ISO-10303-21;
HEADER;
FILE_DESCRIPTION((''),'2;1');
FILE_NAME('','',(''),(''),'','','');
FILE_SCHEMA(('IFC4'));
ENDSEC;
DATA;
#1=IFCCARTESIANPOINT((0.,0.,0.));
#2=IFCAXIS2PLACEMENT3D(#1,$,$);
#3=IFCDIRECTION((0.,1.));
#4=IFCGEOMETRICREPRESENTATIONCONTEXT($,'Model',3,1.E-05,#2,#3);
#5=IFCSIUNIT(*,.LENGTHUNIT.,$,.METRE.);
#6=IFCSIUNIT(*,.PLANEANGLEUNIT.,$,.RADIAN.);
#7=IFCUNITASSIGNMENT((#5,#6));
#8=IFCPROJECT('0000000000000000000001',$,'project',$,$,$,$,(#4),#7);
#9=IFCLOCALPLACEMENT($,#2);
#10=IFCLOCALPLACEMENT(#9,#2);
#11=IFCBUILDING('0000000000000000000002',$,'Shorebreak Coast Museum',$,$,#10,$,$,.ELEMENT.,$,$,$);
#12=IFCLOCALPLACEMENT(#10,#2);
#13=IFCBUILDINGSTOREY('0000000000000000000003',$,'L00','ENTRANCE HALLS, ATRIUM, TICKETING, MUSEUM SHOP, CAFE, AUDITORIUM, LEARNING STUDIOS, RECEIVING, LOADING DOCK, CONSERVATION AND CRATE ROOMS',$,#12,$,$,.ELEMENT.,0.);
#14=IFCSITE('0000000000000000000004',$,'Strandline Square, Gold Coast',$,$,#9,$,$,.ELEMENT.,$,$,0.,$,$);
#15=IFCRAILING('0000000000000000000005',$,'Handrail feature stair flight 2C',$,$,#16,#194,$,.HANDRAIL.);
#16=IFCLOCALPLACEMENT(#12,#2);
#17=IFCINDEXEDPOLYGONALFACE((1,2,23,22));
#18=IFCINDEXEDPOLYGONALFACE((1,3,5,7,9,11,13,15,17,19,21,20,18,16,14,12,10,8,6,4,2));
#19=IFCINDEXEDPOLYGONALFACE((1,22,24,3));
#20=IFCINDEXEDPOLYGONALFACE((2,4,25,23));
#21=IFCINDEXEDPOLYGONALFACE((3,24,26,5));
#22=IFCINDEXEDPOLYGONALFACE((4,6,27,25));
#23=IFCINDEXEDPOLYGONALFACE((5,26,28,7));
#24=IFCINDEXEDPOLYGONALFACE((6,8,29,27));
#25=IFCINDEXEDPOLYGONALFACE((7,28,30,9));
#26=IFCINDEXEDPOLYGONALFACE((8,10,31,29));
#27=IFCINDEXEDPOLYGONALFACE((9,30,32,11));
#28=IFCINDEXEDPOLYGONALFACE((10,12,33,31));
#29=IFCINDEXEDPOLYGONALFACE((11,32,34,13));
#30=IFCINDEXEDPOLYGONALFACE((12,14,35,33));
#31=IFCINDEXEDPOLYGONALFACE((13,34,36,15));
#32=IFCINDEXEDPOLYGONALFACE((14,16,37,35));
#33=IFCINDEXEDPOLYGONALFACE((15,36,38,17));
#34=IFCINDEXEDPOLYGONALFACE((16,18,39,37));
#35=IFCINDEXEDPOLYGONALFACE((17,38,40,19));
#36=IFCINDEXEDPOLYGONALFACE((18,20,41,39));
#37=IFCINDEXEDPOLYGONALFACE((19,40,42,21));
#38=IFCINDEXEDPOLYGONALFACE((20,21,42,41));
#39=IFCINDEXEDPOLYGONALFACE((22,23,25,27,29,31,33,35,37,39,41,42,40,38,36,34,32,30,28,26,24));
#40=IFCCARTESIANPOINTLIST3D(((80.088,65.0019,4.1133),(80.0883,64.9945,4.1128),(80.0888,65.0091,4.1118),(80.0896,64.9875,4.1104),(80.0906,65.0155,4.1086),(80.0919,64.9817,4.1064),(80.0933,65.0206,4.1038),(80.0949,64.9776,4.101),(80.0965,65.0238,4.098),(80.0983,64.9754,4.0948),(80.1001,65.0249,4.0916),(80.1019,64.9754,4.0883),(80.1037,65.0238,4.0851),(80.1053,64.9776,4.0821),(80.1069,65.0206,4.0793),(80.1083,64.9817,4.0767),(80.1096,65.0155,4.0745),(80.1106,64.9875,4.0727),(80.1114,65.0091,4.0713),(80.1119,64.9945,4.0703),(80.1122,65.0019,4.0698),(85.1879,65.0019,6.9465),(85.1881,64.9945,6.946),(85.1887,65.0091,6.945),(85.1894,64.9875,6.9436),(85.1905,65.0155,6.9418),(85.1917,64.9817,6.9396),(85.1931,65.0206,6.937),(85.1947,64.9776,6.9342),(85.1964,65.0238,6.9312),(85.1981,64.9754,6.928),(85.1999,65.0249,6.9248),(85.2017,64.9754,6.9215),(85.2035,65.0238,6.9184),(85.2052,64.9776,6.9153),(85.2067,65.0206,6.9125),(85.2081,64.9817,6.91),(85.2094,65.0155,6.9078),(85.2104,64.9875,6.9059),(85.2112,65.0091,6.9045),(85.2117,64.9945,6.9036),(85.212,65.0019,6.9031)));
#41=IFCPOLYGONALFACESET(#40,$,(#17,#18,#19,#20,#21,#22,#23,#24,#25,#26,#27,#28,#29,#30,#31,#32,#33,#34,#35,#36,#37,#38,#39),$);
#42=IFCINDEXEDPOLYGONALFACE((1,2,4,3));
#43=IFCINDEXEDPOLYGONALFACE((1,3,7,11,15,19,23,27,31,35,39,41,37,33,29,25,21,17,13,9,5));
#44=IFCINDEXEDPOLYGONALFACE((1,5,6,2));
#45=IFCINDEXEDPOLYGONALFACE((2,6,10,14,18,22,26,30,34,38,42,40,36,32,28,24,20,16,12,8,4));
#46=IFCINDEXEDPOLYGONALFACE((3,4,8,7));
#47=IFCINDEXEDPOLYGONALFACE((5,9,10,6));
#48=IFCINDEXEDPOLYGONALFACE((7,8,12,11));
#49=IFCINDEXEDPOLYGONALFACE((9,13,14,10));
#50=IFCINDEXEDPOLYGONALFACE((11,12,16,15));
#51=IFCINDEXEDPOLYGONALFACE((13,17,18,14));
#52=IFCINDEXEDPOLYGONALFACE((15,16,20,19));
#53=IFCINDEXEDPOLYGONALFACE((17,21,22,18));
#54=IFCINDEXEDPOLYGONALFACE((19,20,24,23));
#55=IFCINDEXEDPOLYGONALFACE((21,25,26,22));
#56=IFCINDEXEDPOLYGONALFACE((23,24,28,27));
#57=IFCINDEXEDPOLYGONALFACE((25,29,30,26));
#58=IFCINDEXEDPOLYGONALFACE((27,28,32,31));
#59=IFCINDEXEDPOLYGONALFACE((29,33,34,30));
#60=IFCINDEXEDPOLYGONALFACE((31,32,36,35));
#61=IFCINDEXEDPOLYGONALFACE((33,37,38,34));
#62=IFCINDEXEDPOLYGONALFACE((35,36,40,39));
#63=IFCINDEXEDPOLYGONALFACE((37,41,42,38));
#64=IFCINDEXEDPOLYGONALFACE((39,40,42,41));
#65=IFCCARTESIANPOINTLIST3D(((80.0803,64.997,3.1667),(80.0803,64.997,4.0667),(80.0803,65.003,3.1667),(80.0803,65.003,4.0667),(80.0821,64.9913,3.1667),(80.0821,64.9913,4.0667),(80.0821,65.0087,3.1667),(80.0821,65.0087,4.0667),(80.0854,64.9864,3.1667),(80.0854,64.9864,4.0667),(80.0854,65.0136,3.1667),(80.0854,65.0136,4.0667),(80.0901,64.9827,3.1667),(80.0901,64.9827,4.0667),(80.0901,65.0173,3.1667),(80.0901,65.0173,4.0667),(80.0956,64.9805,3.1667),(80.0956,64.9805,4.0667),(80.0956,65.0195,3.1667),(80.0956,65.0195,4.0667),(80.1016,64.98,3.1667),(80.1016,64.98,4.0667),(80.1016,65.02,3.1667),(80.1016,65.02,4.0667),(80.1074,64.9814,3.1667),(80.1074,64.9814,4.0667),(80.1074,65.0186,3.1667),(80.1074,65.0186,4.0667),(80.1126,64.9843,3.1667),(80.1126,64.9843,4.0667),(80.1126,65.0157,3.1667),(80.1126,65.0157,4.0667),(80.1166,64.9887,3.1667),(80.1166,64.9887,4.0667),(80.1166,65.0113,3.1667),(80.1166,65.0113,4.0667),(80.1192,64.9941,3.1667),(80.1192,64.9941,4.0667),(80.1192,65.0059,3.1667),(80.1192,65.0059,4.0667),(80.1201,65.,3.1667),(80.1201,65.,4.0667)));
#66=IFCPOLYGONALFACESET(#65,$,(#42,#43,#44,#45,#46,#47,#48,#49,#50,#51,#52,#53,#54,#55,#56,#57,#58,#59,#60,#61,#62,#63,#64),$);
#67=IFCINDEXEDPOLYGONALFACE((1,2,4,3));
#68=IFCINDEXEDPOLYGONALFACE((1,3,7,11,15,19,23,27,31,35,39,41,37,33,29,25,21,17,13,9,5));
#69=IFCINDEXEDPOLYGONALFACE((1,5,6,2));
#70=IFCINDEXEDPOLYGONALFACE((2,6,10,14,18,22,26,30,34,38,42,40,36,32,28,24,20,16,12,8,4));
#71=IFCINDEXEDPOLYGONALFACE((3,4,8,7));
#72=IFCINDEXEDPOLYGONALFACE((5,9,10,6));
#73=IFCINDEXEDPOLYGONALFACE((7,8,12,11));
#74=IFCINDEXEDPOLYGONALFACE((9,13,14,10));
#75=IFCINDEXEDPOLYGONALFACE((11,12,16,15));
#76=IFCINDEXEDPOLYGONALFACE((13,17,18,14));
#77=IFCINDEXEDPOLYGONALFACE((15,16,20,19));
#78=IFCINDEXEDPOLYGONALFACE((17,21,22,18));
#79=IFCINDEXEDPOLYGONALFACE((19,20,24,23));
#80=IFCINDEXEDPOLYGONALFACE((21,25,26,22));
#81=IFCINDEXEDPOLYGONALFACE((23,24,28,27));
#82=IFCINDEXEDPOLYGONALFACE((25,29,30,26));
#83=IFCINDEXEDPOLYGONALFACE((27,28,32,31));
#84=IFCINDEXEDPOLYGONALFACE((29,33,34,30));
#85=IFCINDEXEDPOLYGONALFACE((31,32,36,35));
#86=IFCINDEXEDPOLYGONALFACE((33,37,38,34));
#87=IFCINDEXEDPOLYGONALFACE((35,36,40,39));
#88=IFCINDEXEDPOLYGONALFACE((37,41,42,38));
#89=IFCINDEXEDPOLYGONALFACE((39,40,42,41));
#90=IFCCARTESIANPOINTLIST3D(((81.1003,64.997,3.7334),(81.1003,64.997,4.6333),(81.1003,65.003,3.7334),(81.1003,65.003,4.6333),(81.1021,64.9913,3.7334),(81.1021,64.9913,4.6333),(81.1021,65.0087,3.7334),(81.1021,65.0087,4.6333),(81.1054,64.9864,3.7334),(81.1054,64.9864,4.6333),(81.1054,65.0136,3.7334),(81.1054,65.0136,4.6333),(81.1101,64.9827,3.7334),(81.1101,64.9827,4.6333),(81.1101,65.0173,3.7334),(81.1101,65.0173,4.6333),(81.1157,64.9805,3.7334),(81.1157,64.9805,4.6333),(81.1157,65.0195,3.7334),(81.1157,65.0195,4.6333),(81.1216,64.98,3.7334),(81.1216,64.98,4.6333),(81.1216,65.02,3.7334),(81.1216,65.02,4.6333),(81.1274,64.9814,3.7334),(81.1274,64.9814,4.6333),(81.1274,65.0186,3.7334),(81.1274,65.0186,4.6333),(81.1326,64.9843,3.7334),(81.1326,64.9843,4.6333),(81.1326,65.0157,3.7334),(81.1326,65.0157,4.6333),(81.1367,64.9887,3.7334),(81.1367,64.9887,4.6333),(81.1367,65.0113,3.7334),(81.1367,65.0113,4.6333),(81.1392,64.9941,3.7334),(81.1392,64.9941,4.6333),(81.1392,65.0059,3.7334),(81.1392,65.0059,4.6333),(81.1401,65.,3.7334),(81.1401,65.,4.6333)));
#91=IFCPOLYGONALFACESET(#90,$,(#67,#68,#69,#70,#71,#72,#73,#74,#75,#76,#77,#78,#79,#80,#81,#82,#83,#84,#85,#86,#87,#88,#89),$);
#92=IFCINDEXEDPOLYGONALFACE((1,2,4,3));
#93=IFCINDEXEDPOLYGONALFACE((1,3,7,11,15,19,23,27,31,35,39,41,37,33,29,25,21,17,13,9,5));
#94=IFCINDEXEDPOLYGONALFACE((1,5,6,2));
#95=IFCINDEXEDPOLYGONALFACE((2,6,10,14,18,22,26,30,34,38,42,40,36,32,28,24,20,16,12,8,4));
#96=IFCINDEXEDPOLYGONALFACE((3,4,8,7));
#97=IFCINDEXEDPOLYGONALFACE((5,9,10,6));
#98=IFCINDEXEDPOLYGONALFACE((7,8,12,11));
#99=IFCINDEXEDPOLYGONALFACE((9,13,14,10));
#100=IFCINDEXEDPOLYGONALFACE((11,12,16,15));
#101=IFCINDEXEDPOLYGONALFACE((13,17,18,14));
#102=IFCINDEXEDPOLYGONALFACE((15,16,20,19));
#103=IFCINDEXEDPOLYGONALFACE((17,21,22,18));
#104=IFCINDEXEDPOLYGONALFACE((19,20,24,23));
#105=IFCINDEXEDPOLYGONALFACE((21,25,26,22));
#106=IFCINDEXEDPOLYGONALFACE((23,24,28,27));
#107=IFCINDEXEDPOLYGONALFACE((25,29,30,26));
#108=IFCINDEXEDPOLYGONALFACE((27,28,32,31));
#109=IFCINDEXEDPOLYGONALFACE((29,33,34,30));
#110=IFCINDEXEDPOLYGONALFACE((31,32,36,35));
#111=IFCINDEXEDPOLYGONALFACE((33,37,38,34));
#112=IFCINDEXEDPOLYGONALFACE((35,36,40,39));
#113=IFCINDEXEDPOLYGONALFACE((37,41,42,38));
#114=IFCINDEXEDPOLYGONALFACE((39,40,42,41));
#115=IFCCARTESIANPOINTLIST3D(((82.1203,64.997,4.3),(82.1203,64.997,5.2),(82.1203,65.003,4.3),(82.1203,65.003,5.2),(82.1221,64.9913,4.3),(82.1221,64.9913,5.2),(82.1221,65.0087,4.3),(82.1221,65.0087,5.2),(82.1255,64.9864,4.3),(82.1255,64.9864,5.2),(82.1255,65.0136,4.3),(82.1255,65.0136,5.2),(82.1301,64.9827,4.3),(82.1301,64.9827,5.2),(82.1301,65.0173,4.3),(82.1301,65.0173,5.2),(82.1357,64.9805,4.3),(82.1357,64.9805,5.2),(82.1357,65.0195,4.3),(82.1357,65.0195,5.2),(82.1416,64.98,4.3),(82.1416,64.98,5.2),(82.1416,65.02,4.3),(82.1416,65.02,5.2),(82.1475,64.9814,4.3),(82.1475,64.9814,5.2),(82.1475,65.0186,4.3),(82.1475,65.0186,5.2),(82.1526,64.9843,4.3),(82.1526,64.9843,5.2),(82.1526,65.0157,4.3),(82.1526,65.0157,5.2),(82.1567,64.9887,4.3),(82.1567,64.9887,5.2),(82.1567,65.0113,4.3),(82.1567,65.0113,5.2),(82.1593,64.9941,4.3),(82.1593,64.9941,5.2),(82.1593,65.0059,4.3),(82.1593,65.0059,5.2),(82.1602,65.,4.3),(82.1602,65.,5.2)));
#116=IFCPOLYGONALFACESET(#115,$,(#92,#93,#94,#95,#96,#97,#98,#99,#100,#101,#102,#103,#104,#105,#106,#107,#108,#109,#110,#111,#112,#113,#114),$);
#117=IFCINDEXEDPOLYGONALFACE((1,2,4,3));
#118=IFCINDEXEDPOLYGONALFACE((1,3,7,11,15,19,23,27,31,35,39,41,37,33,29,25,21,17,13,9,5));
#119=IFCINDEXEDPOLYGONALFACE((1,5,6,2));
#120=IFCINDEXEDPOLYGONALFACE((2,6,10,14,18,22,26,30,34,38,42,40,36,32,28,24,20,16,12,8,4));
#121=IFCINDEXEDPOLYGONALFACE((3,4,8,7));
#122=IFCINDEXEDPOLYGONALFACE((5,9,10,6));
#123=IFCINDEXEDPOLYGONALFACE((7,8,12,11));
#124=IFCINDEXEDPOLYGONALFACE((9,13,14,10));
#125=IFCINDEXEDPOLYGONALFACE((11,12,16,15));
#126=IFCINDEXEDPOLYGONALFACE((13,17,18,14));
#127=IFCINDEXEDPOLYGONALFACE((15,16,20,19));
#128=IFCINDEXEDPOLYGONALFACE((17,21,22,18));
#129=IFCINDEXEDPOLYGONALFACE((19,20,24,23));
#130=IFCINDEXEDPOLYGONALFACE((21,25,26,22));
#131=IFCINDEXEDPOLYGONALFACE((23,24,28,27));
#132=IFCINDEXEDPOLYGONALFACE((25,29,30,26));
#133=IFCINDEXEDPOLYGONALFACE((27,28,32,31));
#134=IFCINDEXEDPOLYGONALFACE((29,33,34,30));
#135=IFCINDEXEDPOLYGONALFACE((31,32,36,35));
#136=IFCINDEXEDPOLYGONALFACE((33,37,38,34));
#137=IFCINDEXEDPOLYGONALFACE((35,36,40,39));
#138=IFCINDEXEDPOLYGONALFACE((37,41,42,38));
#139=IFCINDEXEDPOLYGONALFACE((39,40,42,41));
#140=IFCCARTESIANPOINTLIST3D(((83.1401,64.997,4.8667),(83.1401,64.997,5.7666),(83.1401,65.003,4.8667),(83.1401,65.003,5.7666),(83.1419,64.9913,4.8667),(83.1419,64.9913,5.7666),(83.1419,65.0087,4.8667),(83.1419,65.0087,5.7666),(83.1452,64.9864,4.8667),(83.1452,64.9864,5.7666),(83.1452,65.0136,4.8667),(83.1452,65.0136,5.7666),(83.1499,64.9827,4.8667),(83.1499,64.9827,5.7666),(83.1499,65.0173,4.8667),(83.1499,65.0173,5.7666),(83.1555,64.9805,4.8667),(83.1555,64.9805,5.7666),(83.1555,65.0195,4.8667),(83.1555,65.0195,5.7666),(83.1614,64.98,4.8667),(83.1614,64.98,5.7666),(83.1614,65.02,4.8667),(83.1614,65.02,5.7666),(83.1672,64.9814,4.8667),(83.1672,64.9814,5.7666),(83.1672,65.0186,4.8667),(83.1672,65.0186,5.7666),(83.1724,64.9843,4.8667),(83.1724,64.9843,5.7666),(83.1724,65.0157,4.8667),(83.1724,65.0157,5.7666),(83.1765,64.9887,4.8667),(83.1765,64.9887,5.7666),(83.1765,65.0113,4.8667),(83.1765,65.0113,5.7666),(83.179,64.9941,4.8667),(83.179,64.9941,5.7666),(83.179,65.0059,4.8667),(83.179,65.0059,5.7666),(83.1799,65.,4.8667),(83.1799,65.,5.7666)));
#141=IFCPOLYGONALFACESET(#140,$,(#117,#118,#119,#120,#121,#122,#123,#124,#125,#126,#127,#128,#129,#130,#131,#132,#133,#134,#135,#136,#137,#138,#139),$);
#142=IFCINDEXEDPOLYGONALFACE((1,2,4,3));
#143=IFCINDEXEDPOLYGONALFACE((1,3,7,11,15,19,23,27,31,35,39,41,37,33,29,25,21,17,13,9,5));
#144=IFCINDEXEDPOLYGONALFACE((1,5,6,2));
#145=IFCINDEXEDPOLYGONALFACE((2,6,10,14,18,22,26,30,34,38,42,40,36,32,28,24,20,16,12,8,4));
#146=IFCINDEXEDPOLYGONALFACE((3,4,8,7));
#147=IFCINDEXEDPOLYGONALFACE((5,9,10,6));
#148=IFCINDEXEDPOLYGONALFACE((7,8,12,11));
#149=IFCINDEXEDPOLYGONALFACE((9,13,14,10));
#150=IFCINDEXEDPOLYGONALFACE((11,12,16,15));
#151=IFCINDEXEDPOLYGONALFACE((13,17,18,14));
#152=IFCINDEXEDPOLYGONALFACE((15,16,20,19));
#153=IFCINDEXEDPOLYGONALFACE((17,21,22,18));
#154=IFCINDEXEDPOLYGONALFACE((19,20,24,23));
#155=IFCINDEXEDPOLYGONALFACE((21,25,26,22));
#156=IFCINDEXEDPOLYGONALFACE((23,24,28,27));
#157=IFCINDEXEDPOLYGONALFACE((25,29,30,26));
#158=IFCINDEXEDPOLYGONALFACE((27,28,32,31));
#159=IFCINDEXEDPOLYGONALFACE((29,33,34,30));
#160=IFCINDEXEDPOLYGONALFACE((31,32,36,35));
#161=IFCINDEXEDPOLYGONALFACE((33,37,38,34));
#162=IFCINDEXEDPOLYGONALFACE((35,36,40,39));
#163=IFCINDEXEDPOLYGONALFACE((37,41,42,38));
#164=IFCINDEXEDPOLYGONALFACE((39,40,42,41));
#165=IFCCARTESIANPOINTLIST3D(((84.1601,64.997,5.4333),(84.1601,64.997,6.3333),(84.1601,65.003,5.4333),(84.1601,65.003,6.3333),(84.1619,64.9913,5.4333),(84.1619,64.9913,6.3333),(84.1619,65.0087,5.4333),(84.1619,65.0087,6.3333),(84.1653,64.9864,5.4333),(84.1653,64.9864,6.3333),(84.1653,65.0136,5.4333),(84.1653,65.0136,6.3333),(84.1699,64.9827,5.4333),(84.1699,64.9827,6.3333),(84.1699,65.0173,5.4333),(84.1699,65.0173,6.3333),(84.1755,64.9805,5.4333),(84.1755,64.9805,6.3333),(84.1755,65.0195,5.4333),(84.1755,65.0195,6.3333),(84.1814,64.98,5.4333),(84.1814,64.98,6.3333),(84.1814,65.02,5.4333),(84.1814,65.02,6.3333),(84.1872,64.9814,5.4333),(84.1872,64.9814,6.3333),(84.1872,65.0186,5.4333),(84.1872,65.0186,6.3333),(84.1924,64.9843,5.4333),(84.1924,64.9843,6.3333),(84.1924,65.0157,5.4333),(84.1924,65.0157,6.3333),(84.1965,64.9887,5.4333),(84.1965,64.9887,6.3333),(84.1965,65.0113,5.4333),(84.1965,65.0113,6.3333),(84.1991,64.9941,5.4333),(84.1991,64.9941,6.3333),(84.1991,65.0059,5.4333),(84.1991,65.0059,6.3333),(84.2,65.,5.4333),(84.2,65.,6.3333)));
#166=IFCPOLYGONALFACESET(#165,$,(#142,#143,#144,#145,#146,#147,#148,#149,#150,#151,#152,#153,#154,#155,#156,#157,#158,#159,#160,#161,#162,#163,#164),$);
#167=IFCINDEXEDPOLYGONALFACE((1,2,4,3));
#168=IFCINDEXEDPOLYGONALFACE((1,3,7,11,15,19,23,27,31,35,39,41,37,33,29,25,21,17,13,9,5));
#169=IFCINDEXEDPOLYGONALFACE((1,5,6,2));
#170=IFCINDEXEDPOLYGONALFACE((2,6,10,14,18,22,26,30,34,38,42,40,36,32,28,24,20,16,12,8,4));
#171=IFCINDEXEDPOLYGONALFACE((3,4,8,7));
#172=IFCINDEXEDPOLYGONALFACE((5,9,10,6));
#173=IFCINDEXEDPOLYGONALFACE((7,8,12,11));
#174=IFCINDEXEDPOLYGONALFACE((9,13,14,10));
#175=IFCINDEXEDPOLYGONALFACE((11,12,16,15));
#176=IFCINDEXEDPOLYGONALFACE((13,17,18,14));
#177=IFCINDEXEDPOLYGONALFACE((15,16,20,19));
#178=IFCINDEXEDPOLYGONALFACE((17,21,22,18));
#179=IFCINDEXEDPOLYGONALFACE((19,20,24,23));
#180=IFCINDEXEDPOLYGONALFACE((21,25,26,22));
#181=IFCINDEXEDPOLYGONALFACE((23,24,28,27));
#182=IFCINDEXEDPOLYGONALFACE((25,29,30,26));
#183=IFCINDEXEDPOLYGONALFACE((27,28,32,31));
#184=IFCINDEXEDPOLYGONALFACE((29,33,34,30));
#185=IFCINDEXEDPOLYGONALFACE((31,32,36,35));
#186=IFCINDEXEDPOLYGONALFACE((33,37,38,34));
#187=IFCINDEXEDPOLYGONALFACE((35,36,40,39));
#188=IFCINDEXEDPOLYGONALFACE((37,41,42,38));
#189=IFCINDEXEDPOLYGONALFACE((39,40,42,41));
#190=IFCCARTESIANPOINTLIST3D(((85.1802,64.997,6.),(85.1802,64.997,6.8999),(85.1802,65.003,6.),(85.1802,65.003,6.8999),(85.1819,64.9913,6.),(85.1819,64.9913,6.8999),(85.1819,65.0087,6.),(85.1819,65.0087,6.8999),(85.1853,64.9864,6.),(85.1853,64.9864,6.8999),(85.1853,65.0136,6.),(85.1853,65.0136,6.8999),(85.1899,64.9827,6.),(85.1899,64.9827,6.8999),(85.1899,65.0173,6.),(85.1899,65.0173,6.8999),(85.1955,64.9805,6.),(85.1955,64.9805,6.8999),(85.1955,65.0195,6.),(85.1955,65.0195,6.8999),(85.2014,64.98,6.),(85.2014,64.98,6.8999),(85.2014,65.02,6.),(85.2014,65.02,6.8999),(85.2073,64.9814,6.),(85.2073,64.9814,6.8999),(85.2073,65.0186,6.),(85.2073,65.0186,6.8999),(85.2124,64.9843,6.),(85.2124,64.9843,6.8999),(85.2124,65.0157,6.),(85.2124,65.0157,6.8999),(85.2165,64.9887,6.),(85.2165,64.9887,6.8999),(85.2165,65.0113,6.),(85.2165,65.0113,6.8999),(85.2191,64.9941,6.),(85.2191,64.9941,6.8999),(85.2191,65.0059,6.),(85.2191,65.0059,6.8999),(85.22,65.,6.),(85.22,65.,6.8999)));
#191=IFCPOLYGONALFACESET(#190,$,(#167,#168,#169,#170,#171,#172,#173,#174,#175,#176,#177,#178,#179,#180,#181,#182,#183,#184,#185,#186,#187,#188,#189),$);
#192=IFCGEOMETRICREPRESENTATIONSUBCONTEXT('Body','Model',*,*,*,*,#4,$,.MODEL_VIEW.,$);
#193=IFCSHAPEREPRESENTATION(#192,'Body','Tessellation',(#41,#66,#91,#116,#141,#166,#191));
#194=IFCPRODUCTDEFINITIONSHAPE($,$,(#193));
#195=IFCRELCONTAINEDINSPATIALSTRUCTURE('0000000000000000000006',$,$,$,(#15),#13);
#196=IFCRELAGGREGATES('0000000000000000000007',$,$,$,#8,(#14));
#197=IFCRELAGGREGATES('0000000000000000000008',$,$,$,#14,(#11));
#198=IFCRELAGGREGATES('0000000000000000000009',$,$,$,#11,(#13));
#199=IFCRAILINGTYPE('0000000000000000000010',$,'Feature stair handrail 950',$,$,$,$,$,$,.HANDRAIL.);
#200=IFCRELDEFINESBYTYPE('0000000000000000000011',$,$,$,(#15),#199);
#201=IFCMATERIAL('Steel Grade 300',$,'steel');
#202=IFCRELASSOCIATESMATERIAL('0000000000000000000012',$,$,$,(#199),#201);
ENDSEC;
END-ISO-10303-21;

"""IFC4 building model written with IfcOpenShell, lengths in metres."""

from ifc_helpers import new_model, si_unit, direction, frame, origin, origin_2d, place, context, subcontext, project, spatial, circle, extrude, material, type_object, element, save


model = new_model("IFC4")

# Units and contexts
model_context = context("Model", 3, precision=1e-05, world=origin(), true_north=direction((0.0, 1.0)))
body_context = subcontext(model_context, "Body", "Model", "MODEL_VIEW")
ifc_project = project(units=[si_unit("LENGTHUNIT", "METRE"), si_unit("PLANEANGLEUNIT", "RADIAN")], contexts=[model_context])

# Site, building, storey
site_placement = place(None, origin())
site = spatial("IfcSite", under=ifc_project, at=site_placement, Name="Strandline Square, Gold Coast", CompositionType="ELEMENT", RefElevation=0.0)
building_placement = place(site_placement, origin())
building = spatial("IfcBuilding", under=site, at=building_placement, Name="Shorebreak Coast Museum", CompositionType="ELEMENT")
storey_placement = place(building_placement, origin())
storey = spatial("IfcBuildingStorey", under=building, at=storey_placement, Name="L00", Description="ENTRANCE HALLS, ATRIUM, TICKETING, MUSEUM SHOP, CAFE, AUDITORIUM, LEARNING STUDIOS, RECEIVING, LOADING DOCK, CONSERVATION AND CRATE ROOMS", CompositionType="ELEMENT", Elevation=0.0)

# Railing
ifc_material_1 = material(Name="Steel Grade 300", Category="steel")
railing_type = type_object("IfcRailingType", Name="Feature stair handrail 950", PredefinedType="HANDRAIL", material=ifc_material_1)
for number, where, name in (
    (1, (80.1001, 65.0, 3.1667), "Handrail feature stair flight 2C"),
):
    element("IfcRailing", number, at=place(storey_placement, frame(where)), inside=storey, type_object=railing_type, Name=name, PredefinedType="HANDRAIL", context=body_context, shape_type="SweptSolid", body=[
        extrude(circle(Radius=0.0249, at=origin_2d()), frame((0.0, 0.0, 0.9248), z_axis=(0.874157, 0.0, 0.485643), x_axis=(0.0, 1.0, 0.0)), (0.0, 0.0, 1.0), 5.834),
        extrude(circle(Radius=0.02, at=origin_2d()), origin(), (0.0, 0.0, 1.0), 0.8999),
        extrude(circle(Radius=0.02, at=origin_2d()), frame((1.02, 0.0, 0.5667)), (0.0, 0.0, 1.0), 0.8999),
        extrude(circle(Radius=0.02, at=origin_2d()), frame((2.04, 0.0, 1.1333)), (0.0, 0.0, 1.0), 0.8999),
        extrude(circle(Radius=0.02, at=origin_2d()), frame((3.0598, 0.0, 1.7)), (0.0, 0.0, 1.0), 0.8999),
        extrude(circle(Radius=0.02, at=origin_2d()), frame((4.0798, 0.0, 2.2666)), (0.0, 0.0, 1.0), 0.8999),
        extrude(circle(Radius=0.02, at=origin_2d()), frame((5.0999, 0.0, 2.8333)), (0.0, 0.0, 1.0), 0.8999),
    ])

save(model, "model.ifc")
